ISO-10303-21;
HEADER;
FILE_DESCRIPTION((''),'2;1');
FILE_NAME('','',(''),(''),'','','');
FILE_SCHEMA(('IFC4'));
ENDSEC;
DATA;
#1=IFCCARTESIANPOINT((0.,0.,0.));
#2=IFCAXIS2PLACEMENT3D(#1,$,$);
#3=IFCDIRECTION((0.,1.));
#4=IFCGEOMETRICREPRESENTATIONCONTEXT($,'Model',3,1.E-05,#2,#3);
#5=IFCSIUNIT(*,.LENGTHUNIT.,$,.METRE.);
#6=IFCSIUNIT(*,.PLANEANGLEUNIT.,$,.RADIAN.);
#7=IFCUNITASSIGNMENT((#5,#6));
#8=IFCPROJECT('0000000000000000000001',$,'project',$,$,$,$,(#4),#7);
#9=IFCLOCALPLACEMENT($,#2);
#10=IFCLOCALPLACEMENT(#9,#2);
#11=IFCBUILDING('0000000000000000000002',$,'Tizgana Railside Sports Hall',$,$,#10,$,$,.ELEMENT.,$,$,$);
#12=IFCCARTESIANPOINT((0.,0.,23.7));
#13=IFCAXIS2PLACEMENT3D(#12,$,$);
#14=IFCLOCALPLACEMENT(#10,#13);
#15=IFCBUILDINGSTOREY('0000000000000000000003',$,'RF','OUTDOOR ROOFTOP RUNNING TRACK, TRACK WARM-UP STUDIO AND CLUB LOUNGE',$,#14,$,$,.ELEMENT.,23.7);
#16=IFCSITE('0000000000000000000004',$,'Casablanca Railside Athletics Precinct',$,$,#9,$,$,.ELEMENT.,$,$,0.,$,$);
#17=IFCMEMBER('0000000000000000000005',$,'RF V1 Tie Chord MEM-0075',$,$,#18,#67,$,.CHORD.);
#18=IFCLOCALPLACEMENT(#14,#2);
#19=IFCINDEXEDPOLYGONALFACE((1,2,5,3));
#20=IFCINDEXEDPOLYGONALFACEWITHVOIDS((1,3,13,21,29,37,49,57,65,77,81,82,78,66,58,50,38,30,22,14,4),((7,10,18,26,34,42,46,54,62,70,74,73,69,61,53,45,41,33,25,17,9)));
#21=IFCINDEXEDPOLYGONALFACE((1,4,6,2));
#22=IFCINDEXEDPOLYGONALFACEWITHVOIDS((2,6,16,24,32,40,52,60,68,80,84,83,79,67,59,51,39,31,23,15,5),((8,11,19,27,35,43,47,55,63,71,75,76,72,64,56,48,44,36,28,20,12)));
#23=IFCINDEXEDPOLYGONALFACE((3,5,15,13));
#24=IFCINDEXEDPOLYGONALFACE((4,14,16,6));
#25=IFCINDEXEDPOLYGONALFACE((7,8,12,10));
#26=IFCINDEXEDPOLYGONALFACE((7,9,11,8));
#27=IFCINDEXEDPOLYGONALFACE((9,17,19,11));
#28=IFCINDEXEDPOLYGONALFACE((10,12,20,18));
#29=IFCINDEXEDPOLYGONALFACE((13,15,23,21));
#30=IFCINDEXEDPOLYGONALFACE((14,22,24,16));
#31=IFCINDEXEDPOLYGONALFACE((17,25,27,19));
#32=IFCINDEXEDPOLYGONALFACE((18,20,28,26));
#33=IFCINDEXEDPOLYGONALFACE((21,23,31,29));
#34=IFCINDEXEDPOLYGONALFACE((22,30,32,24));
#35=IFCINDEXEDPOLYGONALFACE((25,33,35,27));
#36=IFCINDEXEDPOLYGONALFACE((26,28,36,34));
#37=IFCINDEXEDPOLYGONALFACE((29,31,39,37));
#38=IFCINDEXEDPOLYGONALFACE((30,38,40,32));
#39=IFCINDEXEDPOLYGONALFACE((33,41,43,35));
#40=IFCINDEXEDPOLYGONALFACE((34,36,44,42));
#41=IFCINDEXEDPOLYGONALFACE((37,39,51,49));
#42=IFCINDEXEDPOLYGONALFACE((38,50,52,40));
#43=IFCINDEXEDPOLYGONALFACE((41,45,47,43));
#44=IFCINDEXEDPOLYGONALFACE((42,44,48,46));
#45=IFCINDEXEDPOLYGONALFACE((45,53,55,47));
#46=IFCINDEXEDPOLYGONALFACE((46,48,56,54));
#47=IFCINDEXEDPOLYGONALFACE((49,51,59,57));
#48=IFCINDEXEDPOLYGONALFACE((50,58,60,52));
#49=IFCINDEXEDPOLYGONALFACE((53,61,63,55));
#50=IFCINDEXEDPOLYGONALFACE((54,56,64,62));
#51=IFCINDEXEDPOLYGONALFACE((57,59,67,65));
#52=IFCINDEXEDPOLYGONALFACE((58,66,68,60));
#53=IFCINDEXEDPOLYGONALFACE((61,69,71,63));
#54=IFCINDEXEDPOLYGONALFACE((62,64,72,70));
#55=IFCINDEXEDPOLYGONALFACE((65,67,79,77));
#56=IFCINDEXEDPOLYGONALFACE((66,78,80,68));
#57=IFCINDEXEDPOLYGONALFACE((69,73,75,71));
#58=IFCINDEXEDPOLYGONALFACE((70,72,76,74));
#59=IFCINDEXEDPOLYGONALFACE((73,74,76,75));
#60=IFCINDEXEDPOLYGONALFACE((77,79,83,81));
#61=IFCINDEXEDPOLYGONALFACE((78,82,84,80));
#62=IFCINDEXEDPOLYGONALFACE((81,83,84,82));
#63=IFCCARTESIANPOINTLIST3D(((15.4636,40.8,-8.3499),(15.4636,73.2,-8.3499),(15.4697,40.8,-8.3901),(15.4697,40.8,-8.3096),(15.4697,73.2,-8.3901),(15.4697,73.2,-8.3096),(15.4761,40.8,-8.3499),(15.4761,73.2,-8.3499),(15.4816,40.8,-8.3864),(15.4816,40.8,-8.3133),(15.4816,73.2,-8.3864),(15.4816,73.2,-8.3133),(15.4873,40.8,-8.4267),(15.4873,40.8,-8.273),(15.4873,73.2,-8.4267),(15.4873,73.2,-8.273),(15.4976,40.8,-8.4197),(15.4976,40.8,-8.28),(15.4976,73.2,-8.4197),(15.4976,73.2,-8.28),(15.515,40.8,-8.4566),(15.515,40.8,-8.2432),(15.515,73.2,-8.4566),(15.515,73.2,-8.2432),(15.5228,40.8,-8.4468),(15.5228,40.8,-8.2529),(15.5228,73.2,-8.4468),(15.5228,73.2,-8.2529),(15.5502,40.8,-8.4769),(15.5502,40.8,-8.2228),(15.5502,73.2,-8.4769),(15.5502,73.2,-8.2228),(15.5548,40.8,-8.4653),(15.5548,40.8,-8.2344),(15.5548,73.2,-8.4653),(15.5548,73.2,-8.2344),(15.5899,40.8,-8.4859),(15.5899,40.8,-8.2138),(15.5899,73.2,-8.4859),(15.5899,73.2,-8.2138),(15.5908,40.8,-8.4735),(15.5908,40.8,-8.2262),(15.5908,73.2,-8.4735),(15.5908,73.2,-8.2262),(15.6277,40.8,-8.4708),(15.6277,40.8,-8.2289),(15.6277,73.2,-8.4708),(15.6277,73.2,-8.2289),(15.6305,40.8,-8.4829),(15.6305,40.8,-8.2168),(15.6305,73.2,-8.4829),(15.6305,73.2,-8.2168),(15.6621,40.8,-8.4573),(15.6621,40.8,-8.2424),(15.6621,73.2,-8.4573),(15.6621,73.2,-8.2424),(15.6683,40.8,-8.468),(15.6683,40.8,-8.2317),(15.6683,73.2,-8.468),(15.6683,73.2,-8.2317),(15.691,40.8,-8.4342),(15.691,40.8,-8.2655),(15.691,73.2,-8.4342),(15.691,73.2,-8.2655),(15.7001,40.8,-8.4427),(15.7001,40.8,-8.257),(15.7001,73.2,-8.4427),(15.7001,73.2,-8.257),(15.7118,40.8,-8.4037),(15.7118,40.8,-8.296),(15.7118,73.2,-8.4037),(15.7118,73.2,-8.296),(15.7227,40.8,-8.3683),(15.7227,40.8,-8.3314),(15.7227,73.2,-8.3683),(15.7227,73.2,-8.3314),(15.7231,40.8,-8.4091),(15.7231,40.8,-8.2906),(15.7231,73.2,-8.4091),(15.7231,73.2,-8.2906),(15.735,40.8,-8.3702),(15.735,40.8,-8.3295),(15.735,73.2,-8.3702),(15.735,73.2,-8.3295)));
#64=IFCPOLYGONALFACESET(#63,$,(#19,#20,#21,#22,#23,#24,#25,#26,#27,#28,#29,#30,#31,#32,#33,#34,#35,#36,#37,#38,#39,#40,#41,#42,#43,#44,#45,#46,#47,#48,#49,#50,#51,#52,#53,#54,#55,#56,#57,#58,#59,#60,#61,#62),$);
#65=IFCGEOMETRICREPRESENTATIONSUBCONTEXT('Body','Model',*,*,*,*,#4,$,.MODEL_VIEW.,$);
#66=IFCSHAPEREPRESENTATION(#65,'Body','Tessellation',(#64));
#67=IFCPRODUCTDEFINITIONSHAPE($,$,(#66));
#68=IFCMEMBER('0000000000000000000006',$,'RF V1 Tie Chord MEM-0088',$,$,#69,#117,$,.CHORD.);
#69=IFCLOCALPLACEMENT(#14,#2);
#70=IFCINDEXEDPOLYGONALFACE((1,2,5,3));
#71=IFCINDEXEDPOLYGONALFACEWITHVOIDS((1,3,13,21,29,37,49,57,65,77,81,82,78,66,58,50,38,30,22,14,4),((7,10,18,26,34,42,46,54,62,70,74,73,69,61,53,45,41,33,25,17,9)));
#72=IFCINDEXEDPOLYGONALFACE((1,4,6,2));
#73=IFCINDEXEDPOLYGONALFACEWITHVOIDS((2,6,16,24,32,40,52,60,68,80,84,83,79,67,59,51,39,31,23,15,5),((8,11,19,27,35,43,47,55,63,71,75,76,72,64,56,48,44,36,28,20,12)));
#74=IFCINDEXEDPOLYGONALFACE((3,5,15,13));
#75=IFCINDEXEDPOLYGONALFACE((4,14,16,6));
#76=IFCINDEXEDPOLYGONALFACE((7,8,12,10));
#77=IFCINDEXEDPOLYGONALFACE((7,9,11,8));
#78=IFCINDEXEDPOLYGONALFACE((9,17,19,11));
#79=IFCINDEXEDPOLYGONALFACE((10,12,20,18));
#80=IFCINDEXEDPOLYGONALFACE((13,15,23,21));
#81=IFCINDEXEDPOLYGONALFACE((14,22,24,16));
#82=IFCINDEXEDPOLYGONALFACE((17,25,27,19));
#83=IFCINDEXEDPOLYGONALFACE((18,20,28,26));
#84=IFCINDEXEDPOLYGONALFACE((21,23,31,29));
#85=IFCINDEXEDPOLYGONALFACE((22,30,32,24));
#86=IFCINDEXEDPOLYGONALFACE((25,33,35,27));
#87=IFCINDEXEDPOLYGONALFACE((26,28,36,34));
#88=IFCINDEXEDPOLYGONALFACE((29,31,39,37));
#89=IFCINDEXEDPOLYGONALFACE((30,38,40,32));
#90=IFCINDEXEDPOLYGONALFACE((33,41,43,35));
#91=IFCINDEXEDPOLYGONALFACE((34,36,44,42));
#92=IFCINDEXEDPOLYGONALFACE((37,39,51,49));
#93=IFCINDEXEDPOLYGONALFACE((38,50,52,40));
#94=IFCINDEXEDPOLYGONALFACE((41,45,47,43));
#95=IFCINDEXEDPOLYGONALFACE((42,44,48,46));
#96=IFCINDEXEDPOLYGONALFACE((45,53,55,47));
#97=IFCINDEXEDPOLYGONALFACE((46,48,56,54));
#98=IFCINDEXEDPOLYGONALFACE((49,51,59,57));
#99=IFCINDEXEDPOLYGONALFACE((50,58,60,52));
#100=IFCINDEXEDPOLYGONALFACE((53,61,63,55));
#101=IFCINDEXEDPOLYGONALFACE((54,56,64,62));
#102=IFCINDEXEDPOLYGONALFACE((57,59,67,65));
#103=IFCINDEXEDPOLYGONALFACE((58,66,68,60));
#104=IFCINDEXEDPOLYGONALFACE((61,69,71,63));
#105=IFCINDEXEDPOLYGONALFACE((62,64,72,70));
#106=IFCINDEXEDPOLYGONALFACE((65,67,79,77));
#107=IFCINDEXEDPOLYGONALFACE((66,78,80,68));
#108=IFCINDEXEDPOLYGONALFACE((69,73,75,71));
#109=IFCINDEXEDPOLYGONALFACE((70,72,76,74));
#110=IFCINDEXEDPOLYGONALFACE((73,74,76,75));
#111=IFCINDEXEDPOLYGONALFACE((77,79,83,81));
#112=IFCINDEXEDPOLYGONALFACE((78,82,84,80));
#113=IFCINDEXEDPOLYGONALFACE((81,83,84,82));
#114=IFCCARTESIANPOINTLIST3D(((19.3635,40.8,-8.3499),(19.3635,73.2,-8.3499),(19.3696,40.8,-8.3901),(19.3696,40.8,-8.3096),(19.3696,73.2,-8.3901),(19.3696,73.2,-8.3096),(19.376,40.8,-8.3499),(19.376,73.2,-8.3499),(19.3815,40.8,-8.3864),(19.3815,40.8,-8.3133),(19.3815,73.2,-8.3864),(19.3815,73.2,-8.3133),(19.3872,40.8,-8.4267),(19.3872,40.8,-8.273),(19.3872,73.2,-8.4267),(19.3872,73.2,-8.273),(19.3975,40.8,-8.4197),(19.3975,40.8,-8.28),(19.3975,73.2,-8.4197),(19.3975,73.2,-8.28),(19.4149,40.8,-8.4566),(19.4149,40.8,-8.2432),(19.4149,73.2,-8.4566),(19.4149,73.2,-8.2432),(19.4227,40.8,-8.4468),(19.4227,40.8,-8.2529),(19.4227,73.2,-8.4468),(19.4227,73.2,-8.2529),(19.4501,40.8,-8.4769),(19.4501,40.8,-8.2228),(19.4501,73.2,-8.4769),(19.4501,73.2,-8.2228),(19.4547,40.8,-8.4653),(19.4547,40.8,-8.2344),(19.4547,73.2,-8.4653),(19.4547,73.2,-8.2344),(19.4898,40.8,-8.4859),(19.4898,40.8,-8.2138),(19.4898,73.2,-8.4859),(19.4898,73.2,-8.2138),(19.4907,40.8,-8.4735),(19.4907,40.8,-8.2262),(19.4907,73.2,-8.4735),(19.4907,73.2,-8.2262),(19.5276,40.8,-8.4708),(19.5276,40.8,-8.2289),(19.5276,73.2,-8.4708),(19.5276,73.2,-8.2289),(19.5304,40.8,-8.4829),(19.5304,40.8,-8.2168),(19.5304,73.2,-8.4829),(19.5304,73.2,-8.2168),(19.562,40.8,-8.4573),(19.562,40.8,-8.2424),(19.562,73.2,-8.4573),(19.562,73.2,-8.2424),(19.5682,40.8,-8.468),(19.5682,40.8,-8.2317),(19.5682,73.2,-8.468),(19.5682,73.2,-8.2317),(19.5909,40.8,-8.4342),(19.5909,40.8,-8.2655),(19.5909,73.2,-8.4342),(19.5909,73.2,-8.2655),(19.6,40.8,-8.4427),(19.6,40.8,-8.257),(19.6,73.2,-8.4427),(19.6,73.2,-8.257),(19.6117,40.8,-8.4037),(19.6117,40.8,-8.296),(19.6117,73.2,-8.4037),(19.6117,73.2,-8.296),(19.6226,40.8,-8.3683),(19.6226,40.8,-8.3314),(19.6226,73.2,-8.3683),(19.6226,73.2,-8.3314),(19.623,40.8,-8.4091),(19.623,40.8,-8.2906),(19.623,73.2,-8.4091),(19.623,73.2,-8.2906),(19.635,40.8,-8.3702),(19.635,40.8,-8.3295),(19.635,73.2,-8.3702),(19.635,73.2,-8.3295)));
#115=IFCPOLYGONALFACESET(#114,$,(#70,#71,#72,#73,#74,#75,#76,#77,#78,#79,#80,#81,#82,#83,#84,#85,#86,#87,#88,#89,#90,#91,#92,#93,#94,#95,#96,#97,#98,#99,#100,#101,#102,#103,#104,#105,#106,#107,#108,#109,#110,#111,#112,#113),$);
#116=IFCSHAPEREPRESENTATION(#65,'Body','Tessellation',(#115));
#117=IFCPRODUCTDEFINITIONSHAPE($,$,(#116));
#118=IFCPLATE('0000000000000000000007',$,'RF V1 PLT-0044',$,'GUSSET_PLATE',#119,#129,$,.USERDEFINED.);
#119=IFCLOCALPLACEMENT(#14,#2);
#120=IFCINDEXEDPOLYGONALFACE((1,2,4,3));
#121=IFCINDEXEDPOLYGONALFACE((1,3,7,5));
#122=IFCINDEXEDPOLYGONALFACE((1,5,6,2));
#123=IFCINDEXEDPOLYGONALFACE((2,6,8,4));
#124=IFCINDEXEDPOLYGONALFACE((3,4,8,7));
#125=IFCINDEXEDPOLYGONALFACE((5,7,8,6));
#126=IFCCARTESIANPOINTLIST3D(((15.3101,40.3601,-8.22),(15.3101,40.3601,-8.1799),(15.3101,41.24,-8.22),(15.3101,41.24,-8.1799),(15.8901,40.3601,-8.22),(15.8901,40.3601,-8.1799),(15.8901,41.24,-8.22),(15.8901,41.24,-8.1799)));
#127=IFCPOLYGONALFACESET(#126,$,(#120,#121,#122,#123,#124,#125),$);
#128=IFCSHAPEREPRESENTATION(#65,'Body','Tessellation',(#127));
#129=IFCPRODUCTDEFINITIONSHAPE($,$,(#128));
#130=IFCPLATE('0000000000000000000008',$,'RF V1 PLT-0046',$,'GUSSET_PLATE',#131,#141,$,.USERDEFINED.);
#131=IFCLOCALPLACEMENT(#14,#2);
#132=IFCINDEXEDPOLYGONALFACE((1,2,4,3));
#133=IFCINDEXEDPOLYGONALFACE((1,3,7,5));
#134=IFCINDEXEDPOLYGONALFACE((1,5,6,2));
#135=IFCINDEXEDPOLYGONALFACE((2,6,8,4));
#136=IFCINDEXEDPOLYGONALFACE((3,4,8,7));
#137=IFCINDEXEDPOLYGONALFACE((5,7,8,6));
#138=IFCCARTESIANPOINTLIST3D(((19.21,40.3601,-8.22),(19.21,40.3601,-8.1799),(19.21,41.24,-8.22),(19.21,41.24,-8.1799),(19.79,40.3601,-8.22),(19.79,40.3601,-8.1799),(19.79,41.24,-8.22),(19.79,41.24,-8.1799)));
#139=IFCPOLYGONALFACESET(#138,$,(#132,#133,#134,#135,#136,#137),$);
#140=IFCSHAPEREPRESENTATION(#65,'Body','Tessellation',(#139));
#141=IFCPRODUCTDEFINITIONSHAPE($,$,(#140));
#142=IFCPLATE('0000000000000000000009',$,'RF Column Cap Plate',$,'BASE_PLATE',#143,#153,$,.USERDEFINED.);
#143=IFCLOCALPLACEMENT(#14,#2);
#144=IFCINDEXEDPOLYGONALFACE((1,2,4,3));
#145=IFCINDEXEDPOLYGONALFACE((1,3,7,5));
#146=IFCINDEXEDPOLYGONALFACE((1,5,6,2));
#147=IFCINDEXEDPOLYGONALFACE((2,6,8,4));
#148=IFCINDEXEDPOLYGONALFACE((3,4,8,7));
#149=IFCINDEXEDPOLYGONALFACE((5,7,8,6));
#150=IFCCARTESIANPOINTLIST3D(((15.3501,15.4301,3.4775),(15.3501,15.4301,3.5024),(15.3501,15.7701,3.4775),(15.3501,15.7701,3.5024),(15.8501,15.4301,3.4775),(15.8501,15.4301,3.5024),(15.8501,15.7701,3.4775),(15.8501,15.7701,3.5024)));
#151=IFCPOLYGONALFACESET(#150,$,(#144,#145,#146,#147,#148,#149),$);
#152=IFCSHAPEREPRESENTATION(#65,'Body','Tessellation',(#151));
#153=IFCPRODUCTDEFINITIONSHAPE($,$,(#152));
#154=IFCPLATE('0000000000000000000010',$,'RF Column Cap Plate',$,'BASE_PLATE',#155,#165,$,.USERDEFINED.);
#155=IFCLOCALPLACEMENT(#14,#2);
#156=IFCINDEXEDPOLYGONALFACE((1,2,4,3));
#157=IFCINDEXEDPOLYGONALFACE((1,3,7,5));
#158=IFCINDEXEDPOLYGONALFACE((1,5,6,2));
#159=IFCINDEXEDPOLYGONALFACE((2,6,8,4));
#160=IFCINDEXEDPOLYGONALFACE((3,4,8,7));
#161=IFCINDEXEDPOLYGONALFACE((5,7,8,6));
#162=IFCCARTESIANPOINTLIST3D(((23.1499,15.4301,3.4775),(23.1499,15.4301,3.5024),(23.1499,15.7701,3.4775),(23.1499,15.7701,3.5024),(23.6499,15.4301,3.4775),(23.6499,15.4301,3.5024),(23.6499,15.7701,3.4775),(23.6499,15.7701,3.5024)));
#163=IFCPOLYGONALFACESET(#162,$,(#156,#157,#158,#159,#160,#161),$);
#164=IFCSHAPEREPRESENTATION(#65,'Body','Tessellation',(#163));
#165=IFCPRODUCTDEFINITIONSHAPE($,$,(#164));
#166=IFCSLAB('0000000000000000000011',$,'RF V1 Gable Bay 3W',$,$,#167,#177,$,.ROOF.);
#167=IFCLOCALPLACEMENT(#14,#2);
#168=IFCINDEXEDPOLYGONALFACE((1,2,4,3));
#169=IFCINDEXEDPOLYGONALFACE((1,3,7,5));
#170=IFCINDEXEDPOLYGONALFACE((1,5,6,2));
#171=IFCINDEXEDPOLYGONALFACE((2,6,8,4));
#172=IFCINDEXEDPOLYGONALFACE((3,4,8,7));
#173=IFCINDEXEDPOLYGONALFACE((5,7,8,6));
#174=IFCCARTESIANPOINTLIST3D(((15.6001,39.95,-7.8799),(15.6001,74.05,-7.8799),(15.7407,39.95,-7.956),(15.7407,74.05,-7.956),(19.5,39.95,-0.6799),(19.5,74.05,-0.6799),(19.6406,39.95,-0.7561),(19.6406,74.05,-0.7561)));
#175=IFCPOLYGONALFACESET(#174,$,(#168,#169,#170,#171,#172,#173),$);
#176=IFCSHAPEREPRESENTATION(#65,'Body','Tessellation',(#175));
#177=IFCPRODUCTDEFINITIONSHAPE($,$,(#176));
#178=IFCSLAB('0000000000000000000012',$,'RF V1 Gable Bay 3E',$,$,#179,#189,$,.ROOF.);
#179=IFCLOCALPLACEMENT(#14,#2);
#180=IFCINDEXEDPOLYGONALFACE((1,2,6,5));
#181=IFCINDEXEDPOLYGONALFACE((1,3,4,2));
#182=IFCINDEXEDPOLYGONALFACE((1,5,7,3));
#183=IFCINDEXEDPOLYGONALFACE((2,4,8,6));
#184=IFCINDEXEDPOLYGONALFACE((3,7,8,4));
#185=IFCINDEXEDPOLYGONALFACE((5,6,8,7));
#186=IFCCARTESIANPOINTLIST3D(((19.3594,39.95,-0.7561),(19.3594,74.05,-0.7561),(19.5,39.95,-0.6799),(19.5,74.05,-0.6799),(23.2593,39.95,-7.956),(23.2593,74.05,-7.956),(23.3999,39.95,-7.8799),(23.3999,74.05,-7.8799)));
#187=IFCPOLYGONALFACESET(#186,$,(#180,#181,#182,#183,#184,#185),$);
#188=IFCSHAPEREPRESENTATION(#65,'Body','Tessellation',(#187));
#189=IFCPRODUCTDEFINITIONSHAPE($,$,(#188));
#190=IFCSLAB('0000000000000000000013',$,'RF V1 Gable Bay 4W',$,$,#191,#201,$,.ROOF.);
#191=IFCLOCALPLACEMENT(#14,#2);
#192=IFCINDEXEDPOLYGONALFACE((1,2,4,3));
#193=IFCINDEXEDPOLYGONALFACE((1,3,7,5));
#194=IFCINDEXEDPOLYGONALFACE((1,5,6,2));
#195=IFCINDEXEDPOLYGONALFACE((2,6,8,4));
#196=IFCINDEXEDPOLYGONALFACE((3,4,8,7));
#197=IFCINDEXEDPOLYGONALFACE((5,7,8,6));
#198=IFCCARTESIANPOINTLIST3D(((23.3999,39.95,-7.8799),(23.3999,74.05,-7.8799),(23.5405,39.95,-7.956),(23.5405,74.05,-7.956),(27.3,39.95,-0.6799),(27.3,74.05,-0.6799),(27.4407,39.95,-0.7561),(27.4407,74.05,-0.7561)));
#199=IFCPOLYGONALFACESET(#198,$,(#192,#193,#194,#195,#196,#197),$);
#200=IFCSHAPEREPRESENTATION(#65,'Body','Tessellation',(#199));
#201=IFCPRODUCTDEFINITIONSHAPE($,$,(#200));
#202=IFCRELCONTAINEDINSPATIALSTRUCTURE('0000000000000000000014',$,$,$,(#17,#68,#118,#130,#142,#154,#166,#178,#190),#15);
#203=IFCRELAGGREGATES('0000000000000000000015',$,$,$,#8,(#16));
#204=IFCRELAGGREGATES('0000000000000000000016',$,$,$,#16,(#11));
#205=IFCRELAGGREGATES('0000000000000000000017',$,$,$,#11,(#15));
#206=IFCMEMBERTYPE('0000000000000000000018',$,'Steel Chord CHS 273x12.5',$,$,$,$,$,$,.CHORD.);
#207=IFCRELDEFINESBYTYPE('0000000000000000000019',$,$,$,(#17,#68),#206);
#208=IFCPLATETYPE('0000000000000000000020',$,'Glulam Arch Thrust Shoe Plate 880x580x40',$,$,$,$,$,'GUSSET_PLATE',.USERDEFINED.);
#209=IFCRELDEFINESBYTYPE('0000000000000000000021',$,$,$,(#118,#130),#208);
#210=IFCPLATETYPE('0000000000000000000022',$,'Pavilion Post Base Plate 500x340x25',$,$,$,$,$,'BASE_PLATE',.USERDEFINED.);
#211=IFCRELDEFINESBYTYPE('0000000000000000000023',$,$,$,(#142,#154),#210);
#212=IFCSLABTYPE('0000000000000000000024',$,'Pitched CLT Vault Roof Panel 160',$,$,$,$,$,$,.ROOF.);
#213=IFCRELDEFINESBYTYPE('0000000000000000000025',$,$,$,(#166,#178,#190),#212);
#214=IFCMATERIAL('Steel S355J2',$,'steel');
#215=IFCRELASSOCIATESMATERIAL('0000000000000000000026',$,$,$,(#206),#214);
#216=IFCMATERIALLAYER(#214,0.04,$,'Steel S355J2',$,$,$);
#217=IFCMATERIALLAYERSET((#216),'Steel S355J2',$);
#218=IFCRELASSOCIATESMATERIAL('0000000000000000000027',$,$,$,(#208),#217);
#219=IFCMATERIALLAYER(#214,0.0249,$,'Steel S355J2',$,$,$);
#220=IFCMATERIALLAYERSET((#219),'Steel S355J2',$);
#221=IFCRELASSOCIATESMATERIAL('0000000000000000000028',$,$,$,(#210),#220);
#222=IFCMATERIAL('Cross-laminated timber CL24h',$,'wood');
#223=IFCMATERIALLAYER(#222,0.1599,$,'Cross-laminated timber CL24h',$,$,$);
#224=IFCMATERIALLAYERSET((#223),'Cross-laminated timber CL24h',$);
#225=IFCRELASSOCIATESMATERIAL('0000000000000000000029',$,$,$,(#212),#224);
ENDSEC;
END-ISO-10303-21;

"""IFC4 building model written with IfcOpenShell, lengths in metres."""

from ifc_helpers import new_model, si_unit, direction, frame, origin, origin_2d, place, context, subcontext, project, spatial, polyline, rectangle, hollow_circle, outline, extrude, material, layer, layer_set, material_profile, profile_set, type_object, element, save


model = new_model("IFC4")

# Units and contexts
model_context = context("Model", 3, precision=1e-05, world=origin(), true_north=direction((0.0, 1.0)))
body_context = subcontext(model_context, "Body", "Model", "MODEL_VIEW")
ifc_project = project(units=[si_unit("LENGTHUNIT", "METRE"), si_unit("PLANEANGLEUNIT", "RADIAN")], contexts=[model_context])

# Site, building, storey
site_placement = place(None, origin())
site = spatial("IfcSite", under=ifc_project, at=site_placement, Name="Casablanca Railside Athletics Precinct", CompositionType="ELEMENT", RefElevation=0.0)
building_placement = place(site_placement, origin())
building = spatial("IfcBuilding", under=site, at=building_placement, Name="Tizgana Railside Sports Hall", CompositionType="ELEMENT")
storey_placement = place(building_placement, frame((0.0, 0.0, 23.7)))
storey = spatial("IfcBuildingStorey", under=building, at=storey_placement, Name="RF", Description="OUTDOOR ROOFTOP RUNNING TRACK, TRACK WARM-UP STUDIO AND CLUB LOUNGE", CompositionType="ELEMENT", Elevation=23.7)

# Shared definitions
ifc_material_1 = material(Name="Steel S355J2", Category="steel")

# Members
ifc_material_profile_1 = material_profile(ifc_material_1, hollow_circle(Radius=0.1365, WallThickness=0.0125, at=origin_2d()), Name="CHS 273x12.5")
ifc_profile_set_1 = profile_set([ifc_material_profile_1], Name="Steel S355J2")
member_type_1 = type_object("IfcMemberType", Name="Steel Chord CHS 273x12.5", PredefinedType="CHORD", material=ifc_profile_set_1)
for number, where, z_axis, x_axis, name in (
    (1, (15.6001, 40.8, -8.3499), (0.0, 1.0, 0.0), (-1.0, 0.0, 0.0), "RF V1 Tie Chord MEM-0075"),
    (2, (19.5, 40.8, -8.3499), (0.0, 1.0, 0.0), (-1.0, 0.0, 0.0), "RF V1 Tie Chord MEM-0088"),
):
    element("IfcMember", number, at=place(storey_placement, frame(where, z_axis=z_axis, x_axis=x_axis)), inside=storey, type_object=member_type_1, Name=name, PredefinedType="CHORD", context=body_context, shape_type="SweptSolid", body=[
        extrude(hollow_circle(Radius=0.1365, WallThickness=0.0125, at=origin_2d()), origin(), (0.0, 0.0, 1.0), 32.3999),
    ])

# Plates
ifc_layer_1 = layer(ifc_material_1, 0.04, Name="Steel S355J2")
ifc_layer_set_1 = layer_set([ifc_layer_1], Name="Steel S355J2")
plate_type_1 = type_object("IfcPlateType", Name="Glulam Arch Thrust Shoe Plate 880x580x40", ElementType="GUSSET_PLATE", PredefinedType="USERDEFINED", material=ifc_layer_set_1)
for number, where, z_axis, x_axis, name in (
    (3, (15.6001, 40.8, -8.22), (0.0, 0.0, 1.0), (1.0, 0.0, 0.0), "RF V1 PLT-0044"),
    (4, (19.5, 40.8, -8.22), (0.0, 0.0, 1.0), (1.0, 0.0, 0.0), "RF V1 PLT-0046"),
):
    element("IfcPlate", number, at=place(storey_placement, frame(where, z_axis=z_axis, x_axis=x_axis)), inside=storey, type_object=plate_type_1, Name=name, ObjectType="GUSSET_PLATE", PredefinedType="USERDEFINED", context=body_context, shape_type="SweptSolid", body=[
        extrude(rectangle(XDim=0.5801, YDim=0.8799, at=origin_2d()), origin(), (0.0, 0.0, 1.0), 0.04),
    ])
ifc_layer_2 = layer(ifc_material_1, 0.0249, Name="Steel S355J2")
ifc_layer_set_2 = layer_set([ifc_layer_2], Name="Steel S355J2")
plate_type_2 = type_object("IfcPlateType", Name="Pavilion Post Base Plate 500x340x25", ElementType="BASE_PLATE", PredefinedType="USERDEFINED", material=ifc_layer_set_2)
for number, where, z_axis, x_axis, name in (
    (5, (15.6001, 15.6001, 3.4775), (0.0, 0.0, 1.0), (1.0, 0.0, 0.0), "RF Column Cap Plate"),
    (6, (23.3999, 15.6001, 3.4775), (0.0, 0.0, 1.0), (1.0, 0.0, 0.0), "RF Column Cap Plate"),
):
    element("IfcPlate", number, at=place(storey_placement, frame(where, z_axis=z_axis, x_axis=x_axis)), inside=storey, type_object=plate_type_2, Name=name, ObjectType="BASE_PLATE", PredefinedType="USERDEFINED", context=body_context, shape_type="SweptSolid", body=[
        extrude(rectangle(XDim=0.5, YDim=0.3401, at=origin_2d()), origin(), (0.0, 0.0, 1.0), 0.0249),
    ])

# Slabs
ifc_material_2 = material(Name="Cross-laminated timber CL24h", Category="wood")
ifc_layer_3 = layer(ifc_material_2, 0.1599, Name="Cross-laminated timber CL24h")
ifc_layer_set_3 = layer_set([ifc_layer_3], Name="Cross-laminated timber CL24h")
slab_type = type_object("IfcSlabType", Name="Pitched CLT Vault Roof Panel 160", PredefinedType="ROOF", material=ifc_layer_set_3)
for number, where, z_axis, x_axis, name in (
    (7, (15.6001, 39.95, -7.8799), (-0.879296, 0.0, 0.476276), (0.476276, 0.0, 0.879296), "RF V1 Gable Bay 3W"),
    (8, (19.5, 39.95, -0.6799), (0.879296, 0.0, 0.476276), (0.476276, 0.0, -0.879296), "RF V1 Gable Bay 3E"),
):
    element("IfcSlab", number, at=place(storey_placement, frame(where, z_axis=z_axis, x_axis=x_axis)), inside=storey, type_object=slab_type, Name=name, PredefinedType="ROOF", context=body_context, shape_type="SweptSolid", body=[
        extrude(outline(polyline([(0.0, 0.0), (8.1883, 0.0), (8.1883, 34.1001), (0.0, 34.1001), (0.0, 0.0)])), origin(), (0.0, 0.0, -1.0), 0.1599),
    ])
slab_1_placement = place(storey_placement, frame((23.3999, 39.95, -7.8799), z_axis=(-0.879283, 0.0, 0.476299), x_axis=(0.476299, 0.0, 0.879283)))
element("IfcSlab", 9, at=slab_1_placement, inside=storey, type_object=slab_type, Name="RF V1 Gable Bay 4W", PredefinedType="ROOF", context=body_context, shape_type="SweptSolid", body=[
    extrude(outline(polyline([(0.0, 0.0), (8.1884, 0.0), (8.1884, 34.1001), (0.0, 34.1001), (0.0, 0.0)])), origin(), (0.0, 0.0, -1.0), 0.1599),
])

save(model, "model.ifc")
